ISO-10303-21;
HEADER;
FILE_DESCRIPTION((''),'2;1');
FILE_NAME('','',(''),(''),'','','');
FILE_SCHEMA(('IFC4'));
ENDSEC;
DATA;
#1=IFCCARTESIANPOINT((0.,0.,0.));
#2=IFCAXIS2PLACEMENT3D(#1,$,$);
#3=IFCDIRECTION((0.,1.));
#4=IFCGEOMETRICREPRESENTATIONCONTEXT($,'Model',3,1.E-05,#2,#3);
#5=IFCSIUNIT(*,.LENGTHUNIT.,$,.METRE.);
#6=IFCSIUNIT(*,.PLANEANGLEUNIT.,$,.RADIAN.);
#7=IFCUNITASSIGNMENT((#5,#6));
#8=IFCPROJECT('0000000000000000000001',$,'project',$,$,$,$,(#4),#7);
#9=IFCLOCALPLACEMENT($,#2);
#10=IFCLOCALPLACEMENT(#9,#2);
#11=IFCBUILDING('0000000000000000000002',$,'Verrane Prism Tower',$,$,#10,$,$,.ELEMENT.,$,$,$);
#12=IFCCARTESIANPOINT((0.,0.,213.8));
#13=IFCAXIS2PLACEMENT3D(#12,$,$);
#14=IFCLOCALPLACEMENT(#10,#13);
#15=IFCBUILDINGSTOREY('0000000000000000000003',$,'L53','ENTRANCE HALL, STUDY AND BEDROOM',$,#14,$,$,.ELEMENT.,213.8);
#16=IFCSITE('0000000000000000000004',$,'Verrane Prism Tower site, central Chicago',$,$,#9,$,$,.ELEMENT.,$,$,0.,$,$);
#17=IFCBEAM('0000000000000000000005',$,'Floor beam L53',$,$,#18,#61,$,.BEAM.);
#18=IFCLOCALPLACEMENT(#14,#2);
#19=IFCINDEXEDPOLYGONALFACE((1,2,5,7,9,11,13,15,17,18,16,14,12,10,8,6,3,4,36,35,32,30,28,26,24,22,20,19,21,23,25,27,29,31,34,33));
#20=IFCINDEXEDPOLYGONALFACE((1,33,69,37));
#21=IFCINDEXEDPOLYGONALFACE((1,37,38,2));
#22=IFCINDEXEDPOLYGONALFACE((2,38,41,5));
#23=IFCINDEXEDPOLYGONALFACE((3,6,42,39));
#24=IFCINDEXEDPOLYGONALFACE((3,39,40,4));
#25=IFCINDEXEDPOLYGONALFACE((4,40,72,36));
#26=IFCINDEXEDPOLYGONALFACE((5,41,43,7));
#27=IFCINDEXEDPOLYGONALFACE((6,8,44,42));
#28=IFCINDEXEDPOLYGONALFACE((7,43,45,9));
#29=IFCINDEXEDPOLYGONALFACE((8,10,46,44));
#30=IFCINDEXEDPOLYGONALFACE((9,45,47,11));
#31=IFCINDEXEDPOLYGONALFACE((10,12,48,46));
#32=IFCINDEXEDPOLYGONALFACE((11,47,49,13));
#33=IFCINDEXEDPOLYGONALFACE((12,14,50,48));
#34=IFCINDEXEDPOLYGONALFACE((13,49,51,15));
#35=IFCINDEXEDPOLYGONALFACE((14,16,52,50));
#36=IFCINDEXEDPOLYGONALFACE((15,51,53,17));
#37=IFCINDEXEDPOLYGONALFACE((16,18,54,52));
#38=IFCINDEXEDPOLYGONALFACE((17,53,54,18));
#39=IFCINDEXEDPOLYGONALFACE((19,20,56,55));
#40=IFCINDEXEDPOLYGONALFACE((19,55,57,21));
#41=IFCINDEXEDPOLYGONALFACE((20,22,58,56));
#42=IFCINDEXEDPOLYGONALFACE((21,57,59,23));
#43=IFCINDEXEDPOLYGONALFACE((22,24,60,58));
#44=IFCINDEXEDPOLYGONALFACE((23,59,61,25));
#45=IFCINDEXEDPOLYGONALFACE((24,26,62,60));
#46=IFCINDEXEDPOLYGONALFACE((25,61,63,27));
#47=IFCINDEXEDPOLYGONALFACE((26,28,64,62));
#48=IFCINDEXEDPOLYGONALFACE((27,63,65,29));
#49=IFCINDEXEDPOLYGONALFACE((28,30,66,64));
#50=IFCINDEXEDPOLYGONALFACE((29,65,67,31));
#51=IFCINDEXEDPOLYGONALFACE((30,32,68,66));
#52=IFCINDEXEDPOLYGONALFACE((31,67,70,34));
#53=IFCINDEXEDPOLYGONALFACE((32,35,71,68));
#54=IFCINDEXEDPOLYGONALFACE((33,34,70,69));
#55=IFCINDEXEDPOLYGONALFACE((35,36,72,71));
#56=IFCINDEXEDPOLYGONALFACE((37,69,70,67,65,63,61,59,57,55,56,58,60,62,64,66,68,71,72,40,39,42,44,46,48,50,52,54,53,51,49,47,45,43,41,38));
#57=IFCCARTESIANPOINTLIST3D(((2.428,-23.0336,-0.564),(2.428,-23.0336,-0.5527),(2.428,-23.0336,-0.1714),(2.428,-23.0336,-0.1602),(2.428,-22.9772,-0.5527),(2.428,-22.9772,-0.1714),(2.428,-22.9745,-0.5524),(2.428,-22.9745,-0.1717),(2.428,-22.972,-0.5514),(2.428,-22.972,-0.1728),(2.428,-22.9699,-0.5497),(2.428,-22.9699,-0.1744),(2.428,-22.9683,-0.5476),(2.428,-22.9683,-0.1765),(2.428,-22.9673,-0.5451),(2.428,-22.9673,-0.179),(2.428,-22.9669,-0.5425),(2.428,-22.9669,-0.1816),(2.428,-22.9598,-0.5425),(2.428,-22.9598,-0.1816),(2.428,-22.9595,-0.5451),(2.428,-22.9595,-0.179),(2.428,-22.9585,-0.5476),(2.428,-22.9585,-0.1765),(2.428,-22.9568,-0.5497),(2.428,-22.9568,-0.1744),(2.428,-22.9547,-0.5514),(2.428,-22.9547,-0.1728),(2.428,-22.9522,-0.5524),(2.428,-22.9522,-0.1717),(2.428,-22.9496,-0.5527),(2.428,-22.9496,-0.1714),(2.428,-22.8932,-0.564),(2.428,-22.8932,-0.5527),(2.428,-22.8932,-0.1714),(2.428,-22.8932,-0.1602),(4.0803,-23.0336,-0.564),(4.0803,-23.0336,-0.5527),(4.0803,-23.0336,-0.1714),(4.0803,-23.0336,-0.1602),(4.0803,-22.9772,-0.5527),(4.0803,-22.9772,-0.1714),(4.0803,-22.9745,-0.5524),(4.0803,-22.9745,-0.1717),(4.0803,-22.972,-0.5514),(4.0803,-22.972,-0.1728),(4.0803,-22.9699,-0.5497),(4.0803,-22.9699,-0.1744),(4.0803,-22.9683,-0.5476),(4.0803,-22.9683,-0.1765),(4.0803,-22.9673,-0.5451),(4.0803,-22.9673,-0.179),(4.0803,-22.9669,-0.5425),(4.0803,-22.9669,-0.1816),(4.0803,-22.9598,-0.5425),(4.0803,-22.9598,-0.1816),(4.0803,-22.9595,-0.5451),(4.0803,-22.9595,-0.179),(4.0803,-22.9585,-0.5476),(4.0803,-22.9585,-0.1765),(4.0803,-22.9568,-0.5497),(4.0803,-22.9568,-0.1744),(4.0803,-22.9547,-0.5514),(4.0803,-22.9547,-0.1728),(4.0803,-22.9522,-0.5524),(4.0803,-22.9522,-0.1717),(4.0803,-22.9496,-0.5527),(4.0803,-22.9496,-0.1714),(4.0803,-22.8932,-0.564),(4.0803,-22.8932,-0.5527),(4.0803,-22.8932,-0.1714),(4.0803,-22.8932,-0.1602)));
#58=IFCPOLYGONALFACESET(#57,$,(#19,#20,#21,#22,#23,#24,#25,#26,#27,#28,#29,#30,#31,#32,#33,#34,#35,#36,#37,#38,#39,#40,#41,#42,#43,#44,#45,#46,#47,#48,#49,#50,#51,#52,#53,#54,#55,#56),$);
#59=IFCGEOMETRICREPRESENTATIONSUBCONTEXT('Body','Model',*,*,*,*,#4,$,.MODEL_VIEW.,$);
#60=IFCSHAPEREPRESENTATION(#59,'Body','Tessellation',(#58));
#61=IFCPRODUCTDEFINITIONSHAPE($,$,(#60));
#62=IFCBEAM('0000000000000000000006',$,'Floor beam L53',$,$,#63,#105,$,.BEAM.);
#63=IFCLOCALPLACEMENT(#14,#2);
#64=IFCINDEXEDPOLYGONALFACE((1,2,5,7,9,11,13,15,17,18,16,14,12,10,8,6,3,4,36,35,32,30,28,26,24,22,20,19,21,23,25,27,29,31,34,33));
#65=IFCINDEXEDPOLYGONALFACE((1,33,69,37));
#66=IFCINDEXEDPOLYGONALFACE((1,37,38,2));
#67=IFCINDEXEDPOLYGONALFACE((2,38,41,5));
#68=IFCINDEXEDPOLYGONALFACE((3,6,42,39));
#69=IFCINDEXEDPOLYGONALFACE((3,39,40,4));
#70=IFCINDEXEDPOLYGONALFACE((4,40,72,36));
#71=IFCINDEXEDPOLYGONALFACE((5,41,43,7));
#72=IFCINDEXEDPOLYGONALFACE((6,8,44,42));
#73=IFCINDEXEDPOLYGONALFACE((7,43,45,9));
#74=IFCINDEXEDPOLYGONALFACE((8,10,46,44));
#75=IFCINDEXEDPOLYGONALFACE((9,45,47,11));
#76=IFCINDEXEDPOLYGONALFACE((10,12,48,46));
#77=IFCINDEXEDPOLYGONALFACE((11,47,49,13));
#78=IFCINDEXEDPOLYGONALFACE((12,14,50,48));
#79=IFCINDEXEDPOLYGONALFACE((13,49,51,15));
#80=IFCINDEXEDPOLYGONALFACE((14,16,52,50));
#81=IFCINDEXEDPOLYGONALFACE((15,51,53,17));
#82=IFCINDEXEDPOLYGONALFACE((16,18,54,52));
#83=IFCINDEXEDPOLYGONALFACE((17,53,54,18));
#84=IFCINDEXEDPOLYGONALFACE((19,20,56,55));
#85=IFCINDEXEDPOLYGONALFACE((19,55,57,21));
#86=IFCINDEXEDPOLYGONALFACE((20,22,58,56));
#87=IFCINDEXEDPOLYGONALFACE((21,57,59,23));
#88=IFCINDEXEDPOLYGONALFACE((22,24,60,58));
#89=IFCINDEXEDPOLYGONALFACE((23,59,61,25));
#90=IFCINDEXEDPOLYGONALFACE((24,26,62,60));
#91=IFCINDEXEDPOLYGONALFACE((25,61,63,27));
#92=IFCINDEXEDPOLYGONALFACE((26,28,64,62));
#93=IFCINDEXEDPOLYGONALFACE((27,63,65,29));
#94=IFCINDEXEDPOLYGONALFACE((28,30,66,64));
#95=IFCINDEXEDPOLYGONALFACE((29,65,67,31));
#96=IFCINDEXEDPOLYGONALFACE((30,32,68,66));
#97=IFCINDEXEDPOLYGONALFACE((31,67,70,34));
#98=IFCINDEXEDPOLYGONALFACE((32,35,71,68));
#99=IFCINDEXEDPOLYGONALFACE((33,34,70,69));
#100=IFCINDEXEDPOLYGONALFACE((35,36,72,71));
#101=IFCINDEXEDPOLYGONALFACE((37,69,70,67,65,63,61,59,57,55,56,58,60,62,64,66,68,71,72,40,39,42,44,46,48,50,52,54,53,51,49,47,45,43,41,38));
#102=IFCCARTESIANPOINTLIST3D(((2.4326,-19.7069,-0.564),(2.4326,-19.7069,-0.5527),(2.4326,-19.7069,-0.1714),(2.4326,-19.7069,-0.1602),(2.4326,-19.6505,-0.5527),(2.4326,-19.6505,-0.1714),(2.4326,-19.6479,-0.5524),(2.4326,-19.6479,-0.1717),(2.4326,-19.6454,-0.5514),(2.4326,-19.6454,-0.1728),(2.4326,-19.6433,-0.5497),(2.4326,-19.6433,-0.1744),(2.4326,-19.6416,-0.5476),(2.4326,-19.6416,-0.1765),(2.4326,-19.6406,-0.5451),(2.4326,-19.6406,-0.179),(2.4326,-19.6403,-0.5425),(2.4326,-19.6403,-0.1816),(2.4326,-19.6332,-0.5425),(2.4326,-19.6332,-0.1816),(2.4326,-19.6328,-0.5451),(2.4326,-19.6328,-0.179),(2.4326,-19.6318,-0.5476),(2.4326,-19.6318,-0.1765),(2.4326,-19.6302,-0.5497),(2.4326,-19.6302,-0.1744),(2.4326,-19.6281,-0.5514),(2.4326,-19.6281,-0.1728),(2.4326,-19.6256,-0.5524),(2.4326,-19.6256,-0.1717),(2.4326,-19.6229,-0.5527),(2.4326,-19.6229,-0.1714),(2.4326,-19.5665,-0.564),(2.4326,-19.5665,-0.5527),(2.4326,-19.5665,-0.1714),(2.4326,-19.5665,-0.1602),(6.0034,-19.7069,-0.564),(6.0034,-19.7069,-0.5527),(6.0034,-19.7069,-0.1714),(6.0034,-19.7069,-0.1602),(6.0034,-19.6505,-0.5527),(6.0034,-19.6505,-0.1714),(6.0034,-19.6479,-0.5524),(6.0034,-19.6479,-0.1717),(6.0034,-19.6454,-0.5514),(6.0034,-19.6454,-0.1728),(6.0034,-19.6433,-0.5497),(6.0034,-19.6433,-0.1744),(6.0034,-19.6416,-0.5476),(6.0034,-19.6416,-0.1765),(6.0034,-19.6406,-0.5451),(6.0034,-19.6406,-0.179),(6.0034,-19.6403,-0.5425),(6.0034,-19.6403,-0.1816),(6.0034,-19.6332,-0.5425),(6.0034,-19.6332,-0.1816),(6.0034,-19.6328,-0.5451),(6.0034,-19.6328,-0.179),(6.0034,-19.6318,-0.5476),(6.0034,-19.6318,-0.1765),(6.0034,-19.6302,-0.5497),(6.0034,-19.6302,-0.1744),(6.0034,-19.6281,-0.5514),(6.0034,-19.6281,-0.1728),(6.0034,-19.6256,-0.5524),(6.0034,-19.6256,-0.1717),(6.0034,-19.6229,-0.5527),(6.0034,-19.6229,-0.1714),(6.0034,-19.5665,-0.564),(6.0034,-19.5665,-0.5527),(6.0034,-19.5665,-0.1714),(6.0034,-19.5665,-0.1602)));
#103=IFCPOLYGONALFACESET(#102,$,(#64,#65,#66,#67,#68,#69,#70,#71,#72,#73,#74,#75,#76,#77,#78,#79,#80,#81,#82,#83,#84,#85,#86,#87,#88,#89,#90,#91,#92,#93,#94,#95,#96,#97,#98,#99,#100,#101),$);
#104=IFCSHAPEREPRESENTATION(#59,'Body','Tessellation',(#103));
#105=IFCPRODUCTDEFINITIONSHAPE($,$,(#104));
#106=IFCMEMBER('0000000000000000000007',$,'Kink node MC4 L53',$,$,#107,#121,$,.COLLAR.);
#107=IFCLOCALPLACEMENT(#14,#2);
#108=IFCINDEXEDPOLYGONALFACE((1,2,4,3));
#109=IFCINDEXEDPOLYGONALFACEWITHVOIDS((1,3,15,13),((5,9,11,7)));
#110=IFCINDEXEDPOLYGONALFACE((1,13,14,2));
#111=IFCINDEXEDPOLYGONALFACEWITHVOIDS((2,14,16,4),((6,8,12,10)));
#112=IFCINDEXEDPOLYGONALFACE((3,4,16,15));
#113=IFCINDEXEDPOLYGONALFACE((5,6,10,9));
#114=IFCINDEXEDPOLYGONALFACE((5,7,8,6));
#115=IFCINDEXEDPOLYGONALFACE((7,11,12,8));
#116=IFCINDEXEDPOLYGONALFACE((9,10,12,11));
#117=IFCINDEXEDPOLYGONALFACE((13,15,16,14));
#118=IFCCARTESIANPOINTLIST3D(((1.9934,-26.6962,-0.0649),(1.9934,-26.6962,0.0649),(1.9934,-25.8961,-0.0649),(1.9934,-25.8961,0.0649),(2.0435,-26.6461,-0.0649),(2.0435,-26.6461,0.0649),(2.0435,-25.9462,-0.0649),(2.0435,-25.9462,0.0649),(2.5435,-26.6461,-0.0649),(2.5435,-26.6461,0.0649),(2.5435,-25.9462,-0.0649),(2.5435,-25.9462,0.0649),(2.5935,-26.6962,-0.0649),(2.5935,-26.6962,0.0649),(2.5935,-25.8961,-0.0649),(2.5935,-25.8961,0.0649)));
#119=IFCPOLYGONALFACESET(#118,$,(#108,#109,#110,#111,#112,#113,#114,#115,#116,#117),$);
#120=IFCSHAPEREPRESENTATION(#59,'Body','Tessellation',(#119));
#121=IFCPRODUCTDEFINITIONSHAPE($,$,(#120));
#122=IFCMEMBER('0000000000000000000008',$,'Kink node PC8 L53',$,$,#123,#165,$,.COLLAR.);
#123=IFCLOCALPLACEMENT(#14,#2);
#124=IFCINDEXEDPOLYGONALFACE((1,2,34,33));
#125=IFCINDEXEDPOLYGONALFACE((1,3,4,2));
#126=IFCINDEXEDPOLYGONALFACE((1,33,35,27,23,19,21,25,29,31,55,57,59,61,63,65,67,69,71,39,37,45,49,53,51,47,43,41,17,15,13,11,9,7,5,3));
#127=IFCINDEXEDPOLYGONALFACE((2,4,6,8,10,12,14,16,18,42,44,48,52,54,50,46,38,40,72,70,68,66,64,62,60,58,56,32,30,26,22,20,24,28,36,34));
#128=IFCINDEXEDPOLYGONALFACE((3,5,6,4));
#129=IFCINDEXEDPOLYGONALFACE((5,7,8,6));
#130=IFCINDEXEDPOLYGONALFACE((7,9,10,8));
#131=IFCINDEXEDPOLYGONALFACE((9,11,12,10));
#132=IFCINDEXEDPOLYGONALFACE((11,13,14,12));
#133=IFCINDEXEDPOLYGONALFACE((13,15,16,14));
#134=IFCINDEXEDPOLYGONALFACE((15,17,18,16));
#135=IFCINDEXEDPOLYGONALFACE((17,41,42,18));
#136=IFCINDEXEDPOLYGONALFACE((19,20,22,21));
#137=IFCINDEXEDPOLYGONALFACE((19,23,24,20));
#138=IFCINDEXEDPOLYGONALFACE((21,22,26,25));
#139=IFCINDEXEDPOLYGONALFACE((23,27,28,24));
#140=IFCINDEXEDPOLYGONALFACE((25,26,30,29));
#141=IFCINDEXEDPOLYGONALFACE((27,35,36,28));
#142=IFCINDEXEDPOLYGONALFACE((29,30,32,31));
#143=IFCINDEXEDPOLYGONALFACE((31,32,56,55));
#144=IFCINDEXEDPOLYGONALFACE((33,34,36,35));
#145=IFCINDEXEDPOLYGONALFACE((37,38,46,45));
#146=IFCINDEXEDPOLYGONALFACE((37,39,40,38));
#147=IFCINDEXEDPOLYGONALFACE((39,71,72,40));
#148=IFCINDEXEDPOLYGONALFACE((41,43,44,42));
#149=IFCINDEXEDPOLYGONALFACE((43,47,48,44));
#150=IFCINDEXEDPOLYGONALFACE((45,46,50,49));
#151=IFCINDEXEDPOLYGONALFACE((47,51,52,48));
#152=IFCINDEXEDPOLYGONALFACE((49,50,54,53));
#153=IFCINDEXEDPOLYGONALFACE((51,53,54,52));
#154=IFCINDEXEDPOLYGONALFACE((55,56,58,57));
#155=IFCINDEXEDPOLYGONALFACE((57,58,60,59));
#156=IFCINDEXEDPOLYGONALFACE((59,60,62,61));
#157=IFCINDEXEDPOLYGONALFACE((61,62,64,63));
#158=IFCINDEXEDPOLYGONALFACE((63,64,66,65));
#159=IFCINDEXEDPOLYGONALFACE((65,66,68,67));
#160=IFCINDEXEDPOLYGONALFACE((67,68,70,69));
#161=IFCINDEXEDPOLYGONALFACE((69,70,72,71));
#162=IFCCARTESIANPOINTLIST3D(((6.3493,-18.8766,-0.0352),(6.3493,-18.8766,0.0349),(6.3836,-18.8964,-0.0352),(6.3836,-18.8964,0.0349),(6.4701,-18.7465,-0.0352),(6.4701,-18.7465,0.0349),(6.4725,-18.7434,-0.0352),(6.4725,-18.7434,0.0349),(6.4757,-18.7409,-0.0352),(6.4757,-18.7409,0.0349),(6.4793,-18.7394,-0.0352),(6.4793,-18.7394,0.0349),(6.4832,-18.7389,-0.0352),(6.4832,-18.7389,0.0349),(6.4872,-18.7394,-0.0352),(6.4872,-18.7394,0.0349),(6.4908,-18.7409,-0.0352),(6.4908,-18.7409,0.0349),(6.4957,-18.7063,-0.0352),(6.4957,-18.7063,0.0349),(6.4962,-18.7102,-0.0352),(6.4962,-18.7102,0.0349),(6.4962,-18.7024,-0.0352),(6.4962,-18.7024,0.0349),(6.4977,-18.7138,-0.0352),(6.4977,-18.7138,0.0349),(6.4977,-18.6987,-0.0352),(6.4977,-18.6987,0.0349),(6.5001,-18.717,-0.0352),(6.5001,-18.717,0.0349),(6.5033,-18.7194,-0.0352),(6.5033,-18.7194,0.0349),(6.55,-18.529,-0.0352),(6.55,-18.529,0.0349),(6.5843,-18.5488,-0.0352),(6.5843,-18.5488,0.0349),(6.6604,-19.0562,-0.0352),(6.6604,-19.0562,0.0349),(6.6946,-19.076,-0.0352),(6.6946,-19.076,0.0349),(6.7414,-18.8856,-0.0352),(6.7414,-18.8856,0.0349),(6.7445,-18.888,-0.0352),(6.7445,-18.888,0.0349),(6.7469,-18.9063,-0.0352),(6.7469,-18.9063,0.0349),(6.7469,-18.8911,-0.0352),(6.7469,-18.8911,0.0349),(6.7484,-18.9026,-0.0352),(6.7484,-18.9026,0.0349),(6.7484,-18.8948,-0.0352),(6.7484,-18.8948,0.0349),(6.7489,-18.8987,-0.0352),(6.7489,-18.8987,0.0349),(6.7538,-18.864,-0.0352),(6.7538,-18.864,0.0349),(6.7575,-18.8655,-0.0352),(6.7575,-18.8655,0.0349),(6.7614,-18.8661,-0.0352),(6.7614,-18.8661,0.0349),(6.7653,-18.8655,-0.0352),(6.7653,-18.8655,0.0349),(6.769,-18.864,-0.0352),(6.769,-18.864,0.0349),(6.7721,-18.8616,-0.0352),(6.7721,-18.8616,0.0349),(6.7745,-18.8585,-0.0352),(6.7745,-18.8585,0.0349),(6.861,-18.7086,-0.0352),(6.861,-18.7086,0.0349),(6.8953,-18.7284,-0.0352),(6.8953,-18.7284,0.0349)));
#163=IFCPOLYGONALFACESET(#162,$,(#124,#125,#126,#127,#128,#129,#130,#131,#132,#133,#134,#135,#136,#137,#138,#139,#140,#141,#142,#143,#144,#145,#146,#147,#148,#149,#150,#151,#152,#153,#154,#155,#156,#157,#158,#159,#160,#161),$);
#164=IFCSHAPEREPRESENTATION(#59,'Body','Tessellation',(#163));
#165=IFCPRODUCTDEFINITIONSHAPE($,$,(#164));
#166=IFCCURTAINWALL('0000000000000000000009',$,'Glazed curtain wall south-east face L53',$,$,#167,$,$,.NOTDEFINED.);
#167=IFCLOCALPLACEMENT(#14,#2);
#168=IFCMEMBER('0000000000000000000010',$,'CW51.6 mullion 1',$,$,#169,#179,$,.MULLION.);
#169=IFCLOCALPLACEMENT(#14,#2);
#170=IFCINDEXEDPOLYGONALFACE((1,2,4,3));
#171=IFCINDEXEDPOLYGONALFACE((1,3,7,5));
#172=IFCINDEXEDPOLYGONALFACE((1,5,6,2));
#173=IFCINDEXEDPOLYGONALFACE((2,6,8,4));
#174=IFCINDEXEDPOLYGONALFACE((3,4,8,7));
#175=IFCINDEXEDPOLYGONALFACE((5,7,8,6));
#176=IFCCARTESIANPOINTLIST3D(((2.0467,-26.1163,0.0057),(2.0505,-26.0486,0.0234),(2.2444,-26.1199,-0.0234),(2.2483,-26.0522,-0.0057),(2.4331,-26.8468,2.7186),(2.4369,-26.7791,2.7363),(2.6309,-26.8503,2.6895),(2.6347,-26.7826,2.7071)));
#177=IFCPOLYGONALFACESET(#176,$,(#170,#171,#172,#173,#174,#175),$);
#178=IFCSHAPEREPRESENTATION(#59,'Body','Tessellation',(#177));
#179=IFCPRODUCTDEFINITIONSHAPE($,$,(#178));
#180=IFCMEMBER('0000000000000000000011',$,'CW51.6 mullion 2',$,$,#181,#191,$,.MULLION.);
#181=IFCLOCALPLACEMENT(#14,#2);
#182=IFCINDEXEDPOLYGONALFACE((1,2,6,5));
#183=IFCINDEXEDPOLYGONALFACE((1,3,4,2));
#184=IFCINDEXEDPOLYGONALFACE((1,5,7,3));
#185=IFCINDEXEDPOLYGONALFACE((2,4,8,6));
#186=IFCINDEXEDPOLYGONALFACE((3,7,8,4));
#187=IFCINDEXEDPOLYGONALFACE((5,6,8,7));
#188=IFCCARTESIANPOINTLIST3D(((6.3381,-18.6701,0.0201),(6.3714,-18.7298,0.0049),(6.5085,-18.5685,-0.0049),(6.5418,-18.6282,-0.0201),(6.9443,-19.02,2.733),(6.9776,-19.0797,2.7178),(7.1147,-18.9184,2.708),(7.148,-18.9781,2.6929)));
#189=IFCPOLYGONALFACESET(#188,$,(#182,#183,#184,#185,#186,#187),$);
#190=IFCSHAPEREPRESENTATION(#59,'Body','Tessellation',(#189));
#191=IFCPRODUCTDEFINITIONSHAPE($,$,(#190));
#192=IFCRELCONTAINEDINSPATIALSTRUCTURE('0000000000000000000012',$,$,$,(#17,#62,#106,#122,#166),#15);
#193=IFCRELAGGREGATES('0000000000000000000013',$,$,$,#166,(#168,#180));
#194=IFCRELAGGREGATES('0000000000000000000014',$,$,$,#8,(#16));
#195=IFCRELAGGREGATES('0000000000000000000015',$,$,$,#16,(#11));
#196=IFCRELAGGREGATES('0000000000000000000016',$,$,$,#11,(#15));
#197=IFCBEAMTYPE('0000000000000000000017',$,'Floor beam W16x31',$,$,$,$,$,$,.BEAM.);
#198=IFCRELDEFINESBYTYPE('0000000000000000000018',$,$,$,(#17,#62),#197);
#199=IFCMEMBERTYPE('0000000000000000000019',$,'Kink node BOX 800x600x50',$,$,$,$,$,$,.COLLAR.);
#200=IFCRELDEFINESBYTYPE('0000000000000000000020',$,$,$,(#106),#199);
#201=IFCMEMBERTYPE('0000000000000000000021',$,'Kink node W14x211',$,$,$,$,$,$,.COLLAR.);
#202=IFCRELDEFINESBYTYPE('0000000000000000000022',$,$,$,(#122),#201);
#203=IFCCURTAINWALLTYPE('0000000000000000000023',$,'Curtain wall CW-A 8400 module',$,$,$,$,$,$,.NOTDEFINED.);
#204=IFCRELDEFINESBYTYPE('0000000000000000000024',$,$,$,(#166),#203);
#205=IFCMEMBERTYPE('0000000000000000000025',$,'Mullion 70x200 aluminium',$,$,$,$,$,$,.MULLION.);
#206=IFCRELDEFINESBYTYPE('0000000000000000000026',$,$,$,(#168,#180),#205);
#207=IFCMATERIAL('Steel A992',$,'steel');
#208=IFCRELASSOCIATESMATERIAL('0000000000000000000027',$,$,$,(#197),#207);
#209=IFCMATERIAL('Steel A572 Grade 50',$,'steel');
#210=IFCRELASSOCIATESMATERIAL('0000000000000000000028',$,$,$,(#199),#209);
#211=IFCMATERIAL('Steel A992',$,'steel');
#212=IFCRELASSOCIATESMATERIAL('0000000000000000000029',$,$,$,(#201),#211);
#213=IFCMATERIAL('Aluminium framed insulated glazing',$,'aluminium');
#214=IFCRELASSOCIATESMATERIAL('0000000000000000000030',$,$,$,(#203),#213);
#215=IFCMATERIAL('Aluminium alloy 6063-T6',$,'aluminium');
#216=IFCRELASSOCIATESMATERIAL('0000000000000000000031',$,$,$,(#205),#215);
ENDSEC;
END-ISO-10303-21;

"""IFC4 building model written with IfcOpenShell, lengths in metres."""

from ifc_helpers import new_model, si_unit, direction, frame, origin, origin_2d, place, context, subcontext, project, spatial, rectangle, hollow_rectangle, i_section, extrude, material, material_profile, profile_set, type_object, element, aggregate, save


model = new_model("IFC4")

# Units and contexts
model_context = context("Model", 3, precision=1e-05, world=origin(), true_north=direction((0.0, 1.0)))
body_context = subcontext(model_context, "Body", "Model", "MODEL_VIEW")
ifc_project = project(units=[si_unit("LENGTHUNIT", "METRE"), si_unit("PLANEANGLEUNIT", "RADIAN")], contexts=[model_context])

# Site, building, storey
site_placement = place(None, origin())
site = spatial("IfcSite", under=ifc_project, at=site_placement, Name="Verrane Prism Tower site, central Chicago", CompositionType="ELEMENT", RefElevation=0.0)
building_placement = place(site_placement, origin())
building = spatial("IfcBuilding", under=site, at=building_placement, Name="Verrane Prism Tower", CompositionType="ELEMENT")
storey_placement = place(building_placement, frame((0.0, 0.0, 213.8)))
storey = spatial("IfcBuildingStorey", under=building, at=storey_placement, Name="L53", Description="ENTRANCE HALL, STUDY AND BEDROOM", CompositionType="ELEMENT", Elevation=213.8)

# Beams
ifc_material_1 = material(Name="Steel A992", Category="steel")
ifc_material_profile_1 = material_profile(ifc_material_1, i_section(OverallWidth=0.1404, OverallDepth=0.4038, WebThickness=0.0071, FlangeThickness=0.0112, FilletRadius=0.0103, at=origin_2d()), Name="W16x31")
ifc_profile_set_1 = profile_set([ifc_material_profile_1], Name="Steel A992")
beam_type_1 = type_object("IfcBeamType", Name="Floor beam W16x31", PredefinedType="BEAM", material=ifc_profile_set_1)
beam_1_placement = place(storey_placement, frame((2.428, -22.9634, -0.3621), z_axis=(1.0, 0.0, 0.0), x_axis=(0.0, 1.0, 0.0)))
element("IfcBeam", 1, at=beam_1_placement, inside=storey, type_object=beam_type_1, Name="Floor beam L53", PredefinedType="BEAM", context=body_context, shape_type="SweptSolid", body=[
    extrude(i_section(OverallWidth=0.1404, OverallDepth=0.4038, WebThickness=0.0071, FlangeThickness=0.0112, FilletRadius=0.0103, at=origin_2d()), origin(), (0.0, 0.0, 1.0), 1.6523),
])
beam_2_placement = place(storey_placement, frame((2.4326, -19.6367, -0.3621), z_axis=(1.0, 0.0, 0.0), x_axis=(0.0, 1.0, 0.0)))
element("IfcBeam", 2, at=beam_2_placement, inside=storey, type_object=beam_type_1, Name="Floor beam L53", PredefinedType="BEAM", context=body_context, shape_type="SweptSolid", body=[
    extrude(i_section(OverallWidth=0.1404, OverallDepth=0.4038, WebThickness=0.0071, FlangeThickness=0.0112, FilletRadius=0.0103, at=origin_2d()), origin(), (0.0, 0.0, 1.0), 3.5708),
])

# Members
ifc_material_2 = material(Name="Steel A572 Grade 50", Category="steel")
ifc_material_profile_2 = material_profile(ifc_material_2, hollow_rectangle(XDim=0.6001, YDim=0.8, WallThickness=0.05, at=origin_2d()), Name="BOX 800x600x50")
ifc_profile_set_2 = profile_set([ifc_material_profile_2], Name="Steel A572 Grade 50")
member_type_1 = type_object("IfcMemberType", Name="Kink node BOX 800x600x50", PredefinedType="COLLAR", material=ifc_profile_set_2)
member_1_placement = place(storey_placement, frame((2.2935, -26.2961, -0.0649), z_axis=(0.0, 0.0, 1.0), x_axis=(-1.0, 0.0, 0.0)))
element("IfcMember", 3, at=member_1_placement, inside=storey, type_object=member_type_1, Name="Kink node MC4 L53", PredefinedType="COLLAR", context=body_context, shape_type="SweptSolid", body=[
    extrude(hollow_rectangle(XDim=0.6001, YDim=0.8, WallThickness=0.05, at=origin_2d()), origin(), (0.0, 0.0, 1.0), 0.1299),
])
ifc_material_3 = material(Name="Steel A992", Category="steel")
ifc_material_profile_3 = material_profile(ifc_material_3, i_section(OverallWidth=0.4014, OverallDepth=0.3987, WebThickness=0.0249, FlangeThickness=0.0396, FilletRadius=0.0151, at=origin_2d()), Name="W14x211")
ifc_profile_set_3 = profile_set([ifc_material_profile_3], Name="Steel A992")
member_type_2 = type_object("IfcMemberType", Name="Kink node W14x211", PredefinedType="COLLAR", material=ifc_profile_set_3)
member_2_placement = place(storey_placement, frame((6.6223, -18.8025, -0.0352), z_axis=(0.0, 0.0, 1.0), x_axis=(-0.5, -0.866025, 0.0)))
element("IfcMember", 4, at=member_2_placement, inside=storey, type_object=member_type_2, Name="Kink node PC8 L53", PredefinedType="COLLAR", context=body_context, shape_type="SweptSolid", body=[
    extrude(i_section(OverallWidth=0.4014, OverallDepth=0.3987, WebThickness=0.0249, FlangeThickness=0.0396, FilletRadius=0.0151, at=origin_2d()), origin(), (0.0, 0.0, 1.0), 0.0701),
])

# Curtain wall, members
ifc_material_4 = material(Name="Aluminium framed insulated glazing", Category="aluminium")
curtain_wall_type = type_object("IfcCurtainWallType", Name="Curtain wall CW-A 8400 module", PredefinedType="NOTDEFINED", material=ifc_material_4)
curtain_wall_placement = place(storey_placement, origin())
curtain_wall = element("IfcCurtainWall", 5, at=curtain_wall_placement, inside=storey, type_object=curtain_wall_type, Name="Glazed curtain wall south-east face L53", PredefinedType="NOTDEFINED")
ifc_material_5 = material(Name="Aluminium alloy 6063-T6", Category="aluminium")
ifc_material_profile_4 = material_profile(ifc_material_5, rectangle(XDim=0.2, YDim=0.0701, at=origin_2d()), Name="Mullion 70x200 aluminium")
ifc_profile_set_4 = profile_set([ifc_material_profile_4], Name="Aluminium alloy 6063-T6")
member_type_3 = type_object("IfcMemberType", Name="Mullion 70x200 aluminium", PredefinedType="MULLION", material=ifc_profile_set_4)
member_3_placement = place(storey_placement, frame((2.1475, -26.0842, 0.0), z_axis=(0.136276, -0.257573, 0.956601), x_axis=(-0.989169, 0.01777, 0.1457)))
member_3 = element("IfcMember", 6, at=member_3_placement, type_object=member_type_3, Name="CW51.6 mullion 1", PredefinedType="MULLION", context=body_context, shape_type="SweptSolid", body=[
    extrude(rectangle(XDim=0.2, YDim=0.0701, at=origin_2d()), origin(), (0.0, 0.0, 1.0), 2.8359),
])
member_4_placement = place(storey_placement, frame((6.4399, -18.6492, 0.0), z_axis=(0.216367, -0.124871, 0.968294), x_axis=(-0.852209, -0.508072, 0.124907)))
member_4 = element("IfcMember", 7, at=member_4_placement, type_object=member_type_3, Name="CW51.6 mullion 2", PredefinedType="MULLION", context=body_context, shape_type="SweptSolid", body=[
    extrude(rectangle(XDim=0.2, YDim=0.0701, at=origin_2d()), origin(), (0.0, 0.0, 1.0), 2.8018),
])

aggregate(curtain_wall, [member_3, member_4])

save(model, "model.ifc")
